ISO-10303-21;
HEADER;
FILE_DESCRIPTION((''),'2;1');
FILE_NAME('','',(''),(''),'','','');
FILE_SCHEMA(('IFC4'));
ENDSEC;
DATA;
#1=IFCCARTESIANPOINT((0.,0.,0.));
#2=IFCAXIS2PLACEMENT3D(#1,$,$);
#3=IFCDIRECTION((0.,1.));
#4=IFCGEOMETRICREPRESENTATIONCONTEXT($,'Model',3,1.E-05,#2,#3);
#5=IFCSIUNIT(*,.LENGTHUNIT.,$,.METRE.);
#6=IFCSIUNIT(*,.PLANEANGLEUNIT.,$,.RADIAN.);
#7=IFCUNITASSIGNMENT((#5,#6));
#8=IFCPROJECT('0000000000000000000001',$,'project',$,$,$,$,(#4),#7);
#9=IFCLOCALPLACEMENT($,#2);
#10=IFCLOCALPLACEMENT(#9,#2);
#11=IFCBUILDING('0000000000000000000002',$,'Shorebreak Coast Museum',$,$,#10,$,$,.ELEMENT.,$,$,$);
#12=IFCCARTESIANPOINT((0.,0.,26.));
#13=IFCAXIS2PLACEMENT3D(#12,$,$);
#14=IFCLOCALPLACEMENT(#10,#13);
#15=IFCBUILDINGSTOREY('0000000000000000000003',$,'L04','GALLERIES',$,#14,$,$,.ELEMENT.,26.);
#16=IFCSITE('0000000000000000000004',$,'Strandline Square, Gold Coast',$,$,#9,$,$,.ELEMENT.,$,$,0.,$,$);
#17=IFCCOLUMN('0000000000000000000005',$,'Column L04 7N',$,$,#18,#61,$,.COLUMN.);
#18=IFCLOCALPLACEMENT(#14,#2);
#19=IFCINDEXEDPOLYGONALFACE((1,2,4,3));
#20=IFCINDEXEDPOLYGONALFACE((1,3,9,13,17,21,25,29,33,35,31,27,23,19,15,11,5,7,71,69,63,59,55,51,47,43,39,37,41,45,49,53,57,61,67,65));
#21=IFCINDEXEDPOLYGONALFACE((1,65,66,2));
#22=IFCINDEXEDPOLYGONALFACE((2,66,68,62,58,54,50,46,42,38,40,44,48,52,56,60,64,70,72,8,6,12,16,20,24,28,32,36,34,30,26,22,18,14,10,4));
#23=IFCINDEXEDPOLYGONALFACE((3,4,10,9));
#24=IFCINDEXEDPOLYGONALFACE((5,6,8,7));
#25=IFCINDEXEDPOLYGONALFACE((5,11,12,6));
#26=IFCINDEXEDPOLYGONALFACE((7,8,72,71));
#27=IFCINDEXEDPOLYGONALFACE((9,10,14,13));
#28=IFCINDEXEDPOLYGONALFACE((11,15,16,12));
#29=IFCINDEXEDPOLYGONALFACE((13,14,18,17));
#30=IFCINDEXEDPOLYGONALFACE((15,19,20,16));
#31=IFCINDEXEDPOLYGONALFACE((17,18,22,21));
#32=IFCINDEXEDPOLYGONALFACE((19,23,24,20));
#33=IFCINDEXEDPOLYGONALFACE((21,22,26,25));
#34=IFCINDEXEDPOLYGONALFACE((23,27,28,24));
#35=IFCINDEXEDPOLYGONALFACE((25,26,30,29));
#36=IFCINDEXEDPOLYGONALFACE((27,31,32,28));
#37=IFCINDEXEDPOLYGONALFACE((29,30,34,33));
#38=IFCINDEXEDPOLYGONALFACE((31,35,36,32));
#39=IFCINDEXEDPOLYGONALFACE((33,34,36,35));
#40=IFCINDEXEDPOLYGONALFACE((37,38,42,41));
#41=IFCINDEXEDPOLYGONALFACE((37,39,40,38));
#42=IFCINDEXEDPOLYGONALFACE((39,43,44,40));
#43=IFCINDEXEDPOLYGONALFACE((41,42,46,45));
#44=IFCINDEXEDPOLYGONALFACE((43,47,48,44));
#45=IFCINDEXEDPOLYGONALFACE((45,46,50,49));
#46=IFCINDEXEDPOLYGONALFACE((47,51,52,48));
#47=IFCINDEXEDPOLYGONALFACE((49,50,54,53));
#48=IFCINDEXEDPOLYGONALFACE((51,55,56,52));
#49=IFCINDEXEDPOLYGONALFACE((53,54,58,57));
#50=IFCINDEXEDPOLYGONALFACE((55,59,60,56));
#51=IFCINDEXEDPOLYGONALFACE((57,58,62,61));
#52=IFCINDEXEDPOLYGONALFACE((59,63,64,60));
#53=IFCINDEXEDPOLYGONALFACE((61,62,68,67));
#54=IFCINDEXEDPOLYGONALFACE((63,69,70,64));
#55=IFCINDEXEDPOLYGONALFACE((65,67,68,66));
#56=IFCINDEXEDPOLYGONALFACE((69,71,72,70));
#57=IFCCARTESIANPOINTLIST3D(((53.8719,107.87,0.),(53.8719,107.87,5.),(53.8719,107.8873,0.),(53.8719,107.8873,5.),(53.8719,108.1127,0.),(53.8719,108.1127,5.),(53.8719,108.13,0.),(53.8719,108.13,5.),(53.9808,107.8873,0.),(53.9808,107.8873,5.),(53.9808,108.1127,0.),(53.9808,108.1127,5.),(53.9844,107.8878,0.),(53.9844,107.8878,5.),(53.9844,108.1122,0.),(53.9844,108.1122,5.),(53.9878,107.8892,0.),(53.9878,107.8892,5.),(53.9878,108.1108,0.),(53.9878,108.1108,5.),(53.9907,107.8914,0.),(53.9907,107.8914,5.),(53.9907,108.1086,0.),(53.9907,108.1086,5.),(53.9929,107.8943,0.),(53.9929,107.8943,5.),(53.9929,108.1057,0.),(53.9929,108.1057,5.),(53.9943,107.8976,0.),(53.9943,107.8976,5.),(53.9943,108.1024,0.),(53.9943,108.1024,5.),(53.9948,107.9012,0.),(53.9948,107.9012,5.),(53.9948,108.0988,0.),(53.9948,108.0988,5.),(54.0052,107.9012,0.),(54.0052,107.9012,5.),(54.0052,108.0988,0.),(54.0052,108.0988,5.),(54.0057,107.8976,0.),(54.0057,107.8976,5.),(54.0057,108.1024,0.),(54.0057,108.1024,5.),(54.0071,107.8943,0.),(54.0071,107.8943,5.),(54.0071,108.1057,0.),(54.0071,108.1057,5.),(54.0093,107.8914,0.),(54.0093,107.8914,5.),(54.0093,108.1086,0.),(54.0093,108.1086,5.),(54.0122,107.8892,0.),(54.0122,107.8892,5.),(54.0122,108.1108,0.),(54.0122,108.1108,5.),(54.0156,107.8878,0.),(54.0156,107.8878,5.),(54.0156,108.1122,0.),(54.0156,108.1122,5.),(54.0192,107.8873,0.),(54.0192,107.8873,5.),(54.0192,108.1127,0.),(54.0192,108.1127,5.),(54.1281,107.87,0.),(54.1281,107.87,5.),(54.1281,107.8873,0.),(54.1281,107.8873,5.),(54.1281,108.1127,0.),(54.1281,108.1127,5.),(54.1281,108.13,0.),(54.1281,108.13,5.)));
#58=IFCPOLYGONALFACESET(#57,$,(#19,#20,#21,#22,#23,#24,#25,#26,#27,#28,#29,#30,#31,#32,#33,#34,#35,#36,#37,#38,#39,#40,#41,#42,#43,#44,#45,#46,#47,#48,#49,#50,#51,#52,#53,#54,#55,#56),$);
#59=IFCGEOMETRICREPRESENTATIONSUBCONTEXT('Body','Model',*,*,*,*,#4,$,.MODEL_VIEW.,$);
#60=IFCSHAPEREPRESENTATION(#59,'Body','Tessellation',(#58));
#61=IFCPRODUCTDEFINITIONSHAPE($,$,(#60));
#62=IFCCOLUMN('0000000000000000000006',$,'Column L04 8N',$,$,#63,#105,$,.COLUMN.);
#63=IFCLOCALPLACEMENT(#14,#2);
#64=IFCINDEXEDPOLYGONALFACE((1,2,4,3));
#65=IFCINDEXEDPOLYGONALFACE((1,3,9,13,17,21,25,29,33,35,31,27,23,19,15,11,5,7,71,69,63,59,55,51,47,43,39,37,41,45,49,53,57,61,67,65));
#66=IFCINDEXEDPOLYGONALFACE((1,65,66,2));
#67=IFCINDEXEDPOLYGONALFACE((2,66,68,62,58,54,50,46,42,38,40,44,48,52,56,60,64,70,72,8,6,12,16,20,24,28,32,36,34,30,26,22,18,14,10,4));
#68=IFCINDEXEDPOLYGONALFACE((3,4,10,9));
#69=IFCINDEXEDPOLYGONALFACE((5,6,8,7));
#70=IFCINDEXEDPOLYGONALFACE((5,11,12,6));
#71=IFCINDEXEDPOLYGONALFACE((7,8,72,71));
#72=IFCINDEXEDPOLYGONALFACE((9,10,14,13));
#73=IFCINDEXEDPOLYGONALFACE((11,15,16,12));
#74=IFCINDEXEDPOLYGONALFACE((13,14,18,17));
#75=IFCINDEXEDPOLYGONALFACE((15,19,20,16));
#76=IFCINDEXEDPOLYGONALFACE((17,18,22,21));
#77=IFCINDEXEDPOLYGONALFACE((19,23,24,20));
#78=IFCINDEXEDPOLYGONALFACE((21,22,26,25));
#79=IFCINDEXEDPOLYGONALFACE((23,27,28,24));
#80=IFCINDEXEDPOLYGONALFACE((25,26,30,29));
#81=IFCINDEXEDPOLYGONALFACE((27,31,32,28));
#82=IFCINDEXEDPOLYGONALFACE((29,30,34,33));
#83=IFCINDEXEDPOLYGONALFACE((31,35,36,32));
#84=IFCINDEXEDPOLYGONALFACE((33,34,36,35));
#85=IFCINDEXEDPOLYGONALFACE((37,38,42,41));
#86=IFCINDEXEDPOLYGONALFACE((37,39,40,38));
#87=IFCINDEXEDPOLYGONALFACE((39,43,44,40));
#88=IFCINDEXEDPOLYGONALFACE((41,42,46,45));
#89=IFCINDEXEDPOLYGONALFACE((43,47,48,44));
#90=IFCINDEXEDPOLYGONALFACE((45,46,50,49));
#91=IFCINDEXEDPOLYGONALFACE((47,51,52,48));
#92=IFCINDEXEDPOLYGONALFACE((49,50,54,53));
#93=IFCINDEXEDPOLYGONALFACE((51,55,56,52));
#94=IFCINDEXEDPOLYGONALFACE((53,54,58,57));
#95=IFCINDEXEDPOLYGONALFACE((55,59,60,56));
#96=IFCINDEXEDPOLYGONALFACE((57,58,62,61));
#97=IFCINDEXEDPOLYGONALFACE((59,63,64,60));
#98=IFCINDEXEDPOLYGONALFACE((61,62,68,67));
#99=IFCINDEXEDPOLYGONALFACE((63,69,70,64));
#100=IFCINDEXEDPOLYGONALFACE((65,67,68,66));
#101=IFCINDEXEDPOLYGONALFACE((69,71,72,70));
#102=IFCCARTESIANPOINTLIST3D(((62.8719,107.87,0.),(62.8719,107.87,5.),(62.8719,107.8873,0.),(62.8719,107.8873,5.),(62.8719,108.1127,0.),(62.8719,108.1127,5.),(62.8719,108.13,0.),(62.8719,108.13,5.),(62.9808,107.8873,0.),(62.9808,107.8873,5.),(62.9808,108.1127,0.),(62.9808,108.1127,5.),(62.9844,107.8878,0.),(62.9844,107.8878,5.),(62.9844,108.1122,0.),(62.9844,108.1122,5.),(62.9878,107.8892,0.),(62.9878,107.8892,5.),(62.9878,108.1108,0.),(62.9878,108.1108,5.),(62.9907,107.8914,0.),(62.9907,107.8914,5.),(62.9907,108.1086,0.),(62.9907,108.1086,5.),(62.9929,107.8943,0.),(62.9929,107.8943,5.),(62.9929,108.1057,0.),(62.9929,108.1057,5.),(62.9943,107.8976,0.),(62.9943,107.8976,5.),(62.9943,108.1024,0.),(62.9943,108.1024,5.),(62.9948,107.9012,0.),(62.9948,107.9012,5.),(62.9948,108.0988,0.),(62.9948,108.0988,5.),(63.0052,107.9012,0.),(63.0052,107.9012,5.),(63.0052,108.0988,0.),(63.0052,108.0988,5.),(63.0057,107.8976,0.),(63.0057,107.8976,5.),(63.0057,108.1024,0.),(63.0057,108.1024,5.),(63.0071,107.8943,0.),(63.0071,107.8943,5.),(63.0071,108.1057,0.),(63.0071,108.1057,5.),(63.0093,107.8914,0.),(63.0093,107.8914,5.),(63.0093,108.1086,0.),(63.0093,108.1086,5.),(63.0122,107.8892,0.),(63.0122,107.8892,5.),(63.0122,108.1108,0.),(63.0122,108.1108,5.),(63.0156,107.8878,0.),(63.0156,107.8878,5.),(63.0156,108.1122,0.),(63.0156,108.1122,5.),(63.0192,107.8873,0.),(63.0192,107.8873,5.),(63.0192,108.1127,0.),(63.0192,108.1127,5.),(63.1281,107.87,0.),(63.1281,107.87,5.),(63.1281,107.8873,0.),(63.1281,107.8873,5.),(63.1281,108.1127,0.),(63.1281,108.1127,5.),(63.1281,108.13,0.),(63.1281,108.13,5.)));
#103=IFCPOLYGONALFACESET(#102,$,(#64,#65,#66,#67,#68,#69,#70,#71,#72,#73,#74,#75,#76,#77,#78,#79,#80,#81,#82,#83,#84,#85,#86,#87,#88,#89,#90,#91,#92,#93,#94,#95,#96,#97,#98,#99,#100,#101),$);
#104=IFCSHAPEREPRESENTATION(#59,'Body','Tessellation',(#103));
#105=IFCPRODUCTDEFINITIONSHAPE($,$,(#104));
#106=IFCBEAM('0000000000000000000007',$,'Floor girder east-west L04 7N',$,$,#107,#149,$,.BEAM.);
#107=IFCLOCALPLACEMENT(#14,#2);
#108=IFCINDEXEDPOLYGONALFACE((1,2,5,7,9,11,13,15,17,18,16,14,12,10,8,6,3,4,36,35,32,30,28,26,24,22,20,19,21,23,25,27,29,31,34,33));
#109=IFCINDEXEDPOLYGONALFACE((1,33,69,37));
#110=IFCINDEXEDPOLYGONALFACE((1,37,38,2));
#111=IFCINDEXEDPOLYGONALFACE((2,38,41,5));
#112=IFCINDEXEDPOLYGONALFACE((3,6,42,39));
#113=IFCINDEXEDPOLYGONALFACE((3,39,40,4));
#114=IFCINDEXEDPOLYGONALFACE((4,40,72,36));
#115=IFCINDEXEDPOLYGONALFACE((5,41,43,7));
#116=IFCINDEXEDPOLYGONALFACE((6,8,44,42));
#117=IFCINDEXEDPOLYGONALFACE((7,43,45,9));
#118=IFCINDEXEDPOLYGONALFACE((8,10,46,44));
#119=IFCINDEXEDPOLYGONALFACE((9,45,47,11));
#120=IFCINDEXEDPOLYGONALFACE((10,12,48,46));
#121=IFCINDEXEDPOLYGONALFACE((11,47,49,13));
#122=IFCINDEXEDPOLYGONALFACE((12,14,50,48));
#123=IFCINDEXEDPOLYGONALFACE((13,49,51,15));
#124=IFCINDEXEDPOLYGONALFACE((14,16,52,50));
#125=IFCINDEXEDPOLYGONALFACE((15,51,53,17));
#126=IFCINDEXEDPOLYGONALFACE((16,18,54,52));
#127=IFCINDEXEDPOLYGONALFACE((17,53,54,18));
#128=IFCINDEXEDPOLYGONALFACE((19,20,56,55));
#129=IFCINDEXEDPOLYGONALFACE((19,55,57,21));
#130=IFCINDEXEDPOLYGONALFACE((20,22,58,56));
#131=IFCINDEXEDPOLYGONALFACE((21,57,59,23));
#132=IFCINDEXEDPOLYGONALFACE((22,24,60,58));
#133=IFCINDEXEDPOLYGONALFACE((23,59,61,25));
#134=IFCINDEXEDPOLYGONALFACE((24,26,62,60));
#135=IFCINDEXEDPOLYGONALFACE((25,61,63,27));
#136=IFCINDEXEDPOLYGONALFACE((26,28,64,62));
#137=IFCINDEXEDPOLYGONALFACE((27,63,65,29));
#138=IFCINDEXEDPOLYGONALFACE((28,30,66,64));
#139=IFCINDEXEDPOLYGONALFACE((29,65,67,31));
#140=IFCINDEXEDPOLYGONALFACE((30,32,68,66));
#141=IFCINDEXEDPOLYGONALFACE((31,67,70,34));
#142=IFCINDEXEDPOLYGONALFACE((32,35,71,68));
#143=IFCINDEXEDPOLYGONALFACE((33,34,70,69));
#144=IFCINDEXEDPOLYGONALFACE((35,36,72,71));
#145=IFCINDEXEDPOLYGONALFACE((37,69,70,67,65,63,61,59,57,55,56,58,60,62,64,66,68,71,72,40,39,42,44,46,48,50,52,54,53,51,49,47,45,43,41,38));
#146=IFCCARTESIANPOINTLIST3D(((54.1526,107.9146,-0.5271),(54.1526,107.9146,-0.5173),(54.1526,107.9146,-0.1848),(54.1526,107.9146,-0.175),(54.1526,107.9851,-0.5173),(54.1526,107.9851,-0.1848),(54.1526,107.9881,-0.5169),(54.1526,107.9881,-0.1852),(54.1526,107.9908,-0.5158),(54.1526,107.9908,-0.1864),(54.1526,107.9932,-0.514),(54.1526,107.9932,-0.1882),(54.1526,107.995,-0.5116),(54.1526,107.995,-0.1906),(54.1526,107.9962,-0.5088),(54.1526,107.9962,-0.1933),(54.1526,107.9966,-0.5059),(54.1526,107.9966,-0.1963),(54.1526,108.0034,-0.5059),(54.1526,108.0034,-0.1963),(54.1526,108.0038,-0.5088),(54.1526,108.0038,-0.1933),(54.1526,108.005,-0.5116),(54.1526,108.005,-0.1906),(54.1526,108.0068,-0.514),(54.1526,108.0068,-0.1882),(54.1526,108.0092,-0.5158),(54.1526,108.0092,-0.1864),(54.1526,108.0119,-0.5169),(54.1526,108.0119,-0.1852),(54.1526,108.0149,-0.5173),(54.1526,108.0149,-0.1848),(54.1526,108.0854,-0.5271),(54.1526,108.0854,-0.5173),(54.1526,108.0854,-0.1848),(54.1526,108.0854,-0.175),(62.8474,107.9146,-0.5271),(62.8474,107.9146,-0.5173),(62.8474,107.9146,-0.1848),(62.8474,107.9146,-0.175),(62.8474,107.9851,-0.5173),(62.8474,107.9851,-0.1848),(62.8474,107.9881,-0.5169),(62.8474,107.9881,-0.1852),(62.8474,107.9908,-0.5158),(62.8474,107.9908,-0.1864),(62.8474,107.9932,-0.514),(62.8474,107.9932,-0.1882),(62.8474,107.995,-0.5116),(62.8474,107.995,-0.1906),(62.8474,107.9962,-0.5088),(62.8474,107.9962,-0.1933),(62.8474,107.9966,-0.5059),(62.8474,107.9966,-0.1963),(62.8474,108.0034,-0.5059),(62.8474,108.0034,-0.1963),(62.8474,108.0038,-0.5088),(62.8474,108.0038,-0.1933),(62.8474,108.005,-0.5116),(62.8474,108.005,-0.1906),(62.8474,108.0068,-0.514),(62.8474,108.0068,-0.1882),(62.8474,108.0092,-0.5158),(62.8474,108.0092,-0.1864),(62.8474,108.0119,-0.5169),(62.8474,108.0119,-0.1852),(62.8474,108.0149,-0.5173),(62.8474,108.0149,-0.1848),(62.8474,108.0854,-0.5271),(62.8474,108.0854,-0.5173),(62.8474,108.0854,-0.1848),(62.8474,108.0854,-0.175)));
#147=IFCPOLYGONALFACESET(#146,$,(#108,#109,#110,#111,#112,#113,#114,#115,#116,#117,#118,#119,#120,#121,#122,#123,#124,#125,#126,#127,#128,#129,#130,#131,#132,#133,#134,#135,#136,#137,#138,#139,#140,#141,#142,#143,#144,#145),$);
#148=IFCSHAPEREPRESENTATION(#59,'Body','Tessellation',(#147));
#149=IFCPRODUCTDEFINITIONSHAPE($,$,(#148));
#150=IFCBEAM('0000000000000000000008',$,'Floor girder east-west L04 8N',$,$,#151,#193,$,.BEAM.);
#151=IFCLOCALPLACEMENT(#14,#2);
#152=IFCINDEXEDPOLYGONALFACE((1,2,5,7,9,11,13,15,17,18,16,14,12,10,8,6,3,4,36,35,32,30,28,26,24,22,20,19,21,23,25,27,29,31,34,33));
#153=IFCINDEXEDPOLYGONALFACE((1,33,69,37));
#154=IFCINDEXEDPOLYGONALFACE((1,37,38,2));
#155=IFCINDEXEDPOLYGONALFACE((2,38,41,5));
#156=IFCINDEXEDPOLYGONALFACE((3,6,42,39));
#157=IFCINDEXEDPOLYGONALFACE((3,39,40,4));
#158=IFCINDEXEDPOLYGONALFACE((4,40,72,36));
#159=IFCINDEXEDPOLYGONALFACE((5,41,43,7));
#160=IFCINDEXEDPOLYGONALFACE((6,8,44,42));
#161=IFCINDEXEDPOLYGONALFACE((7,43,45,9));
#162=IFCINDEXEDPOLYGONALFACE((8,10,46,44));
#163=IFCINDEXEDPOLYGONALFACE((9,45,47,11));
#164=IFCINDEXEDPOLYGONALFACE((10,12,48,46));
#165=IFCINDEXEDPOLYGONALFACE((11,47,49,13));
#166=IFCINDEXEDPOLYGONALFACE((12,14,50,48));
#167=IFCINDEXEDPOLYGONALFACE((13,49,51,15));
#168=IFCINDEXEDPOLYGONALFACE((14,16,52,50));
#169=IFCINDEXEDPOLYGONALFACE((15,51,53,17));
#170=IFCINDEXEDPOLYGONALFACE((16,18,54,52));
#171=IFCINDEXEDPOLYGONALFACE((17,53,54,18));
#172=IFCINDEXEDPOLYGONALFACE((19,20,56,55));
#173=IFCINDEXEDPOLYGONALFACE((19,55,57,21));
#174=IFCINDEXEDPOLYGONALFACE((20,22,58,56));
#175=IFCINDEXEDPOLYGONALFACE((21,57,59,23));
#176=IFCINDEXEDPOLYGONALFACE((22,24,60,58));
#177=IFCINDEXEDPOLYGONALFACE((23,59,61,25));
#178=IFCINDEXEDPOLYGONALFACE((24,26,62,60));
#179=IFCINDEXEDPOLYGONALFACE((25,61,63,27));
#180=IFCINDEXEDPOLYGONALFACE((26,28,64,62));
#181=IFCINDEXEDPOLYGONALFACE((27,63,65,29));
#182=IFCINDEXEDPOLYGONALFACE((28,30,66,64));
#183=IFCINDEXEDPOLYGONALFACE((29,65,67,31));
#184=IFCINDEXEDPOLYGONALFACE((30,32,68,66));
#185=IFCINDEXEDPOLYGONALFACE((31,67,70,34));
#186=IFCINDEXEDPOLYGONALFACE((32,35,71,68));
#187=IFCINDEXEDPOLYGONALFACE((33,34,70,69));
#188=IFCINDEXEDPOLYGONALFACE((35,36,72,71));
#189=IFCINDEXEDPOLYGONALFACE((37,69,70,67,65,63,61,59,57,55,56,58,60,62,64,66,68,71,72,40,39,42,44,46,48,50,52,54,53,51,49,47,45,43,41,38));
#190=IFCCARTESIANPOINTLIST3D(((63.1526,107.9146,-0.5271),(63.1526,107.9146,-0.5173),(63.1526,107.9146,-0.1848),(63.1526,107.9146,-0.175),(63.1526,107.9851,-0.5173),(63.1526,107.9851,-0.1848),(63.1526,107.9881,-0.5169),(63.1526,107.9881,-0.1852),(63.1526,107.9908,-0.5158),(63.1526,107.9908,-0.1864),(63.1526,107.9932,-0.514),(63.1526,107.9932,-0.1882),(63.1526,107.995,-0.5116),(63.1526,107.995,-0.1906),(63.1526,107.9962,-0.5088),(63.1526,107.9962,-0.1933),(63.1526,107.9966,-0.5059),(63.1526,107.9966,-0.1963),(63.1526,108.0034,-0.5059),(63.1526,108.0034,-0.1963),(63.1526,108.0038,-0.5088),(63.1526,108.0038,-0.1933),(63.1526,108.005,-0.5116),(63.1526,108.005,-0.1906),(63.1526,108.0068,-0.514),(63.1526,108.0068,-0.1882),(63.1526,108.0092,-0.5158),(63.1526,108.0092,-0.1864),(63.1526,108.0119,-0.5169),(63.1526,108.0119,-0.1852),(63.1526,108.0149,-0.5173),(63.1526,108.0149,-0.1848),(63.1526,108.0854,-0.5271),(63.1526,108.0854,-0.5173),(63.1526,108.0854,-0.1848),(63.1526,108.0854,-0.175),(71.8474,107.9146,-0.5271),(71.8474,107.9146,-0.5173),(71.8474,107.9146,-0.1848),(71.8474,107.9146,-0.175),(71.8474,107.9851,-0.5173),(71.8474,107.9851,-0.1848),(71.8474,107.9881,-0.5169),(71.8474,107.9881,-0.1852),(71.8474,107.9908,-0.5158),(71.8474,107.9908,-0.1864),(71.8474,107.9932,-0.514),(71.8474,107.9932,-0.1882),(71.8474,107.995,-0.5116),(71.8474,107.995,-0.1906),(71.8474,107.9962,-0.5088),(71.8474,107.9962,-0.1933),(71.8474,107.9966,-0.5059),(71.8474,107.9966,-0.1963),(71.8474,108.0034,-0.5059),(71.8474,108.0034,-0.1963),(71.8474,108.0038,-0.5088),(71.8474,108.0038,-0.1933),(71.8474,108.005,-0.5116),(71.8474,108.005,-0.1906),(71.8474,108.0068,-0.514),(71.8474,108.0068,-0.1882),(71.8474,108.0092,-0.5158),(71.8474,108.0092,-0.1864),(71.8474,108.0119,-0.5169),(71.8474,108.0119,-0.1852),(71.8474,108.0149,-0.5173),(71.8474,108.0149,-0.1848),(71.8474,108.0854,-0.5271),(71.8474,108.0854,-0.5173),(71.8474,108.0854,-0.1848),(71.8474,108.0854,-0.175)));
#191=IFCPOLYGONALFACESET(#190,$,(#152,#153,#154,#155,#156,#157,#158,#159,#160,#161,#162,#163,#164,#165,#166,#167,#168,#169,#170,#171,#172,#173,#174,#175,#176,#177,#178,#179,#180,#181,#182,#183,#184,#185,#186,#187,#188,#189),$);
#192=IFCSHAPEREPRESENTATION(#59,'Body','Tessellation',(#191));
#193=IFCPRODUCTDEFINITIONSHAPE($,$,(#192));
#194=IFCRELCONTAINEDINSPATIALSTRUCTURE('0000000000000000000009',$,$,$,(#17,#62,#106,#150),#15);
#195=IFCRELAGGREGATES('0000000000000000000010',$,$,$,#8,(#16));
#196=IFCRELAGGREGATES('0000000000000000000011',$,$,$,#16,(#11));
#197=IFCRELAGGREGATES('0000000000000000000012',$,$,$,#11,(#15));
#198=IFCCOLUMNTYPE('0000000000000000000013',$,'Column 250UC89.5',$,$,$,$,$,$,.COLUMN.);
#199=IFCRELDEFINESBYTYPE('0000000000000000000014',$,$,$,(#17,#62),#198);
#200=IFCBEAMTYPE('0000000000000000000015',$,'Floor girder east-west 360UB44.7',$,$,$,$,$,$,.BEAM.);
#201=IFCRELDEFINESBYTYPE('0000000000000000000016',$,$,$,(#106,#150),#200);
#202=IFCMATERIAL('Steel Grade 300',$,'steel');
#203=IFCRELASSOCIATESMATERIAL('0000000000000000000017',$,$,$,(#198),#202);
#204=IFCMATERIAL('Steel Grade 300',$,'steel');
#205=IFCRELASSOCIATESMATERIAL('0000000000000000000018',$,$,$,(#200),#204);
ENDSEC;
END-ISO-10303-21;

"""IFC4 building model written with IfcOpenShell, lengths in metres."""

from ifc_helpers import new_model, si_unit, direction, frame, origin, origin_2d, place, context, subcontext, project, spatial, i_section, extrude, material, material_profile, profile_set, type_object, element, save


model = new_model("IFC4")

# Units and contexts
model_context = context("Model", 3, precision=1e-05, world=origin(), true_north=direction((0.0, 1.0)))
body_context = subcontext(model_context, "Body", "Model", "MODEL_VIEW")
ifc_project = project(units=[si_unit("LENGTHUNIT", "METRE"), si_unit("PLANEANGLEUNIT", "RADIAN")], contexts=[model_context])

# Site, building, storey
site_placement = place(None, origin())
site = spatial("IfcSite", under=ifc_project, at=site_placement, Name="Strandline Square, Gold Coast", CompositionType="ELEMENT", RefElevation=0.0)
building_placement = place(site_placement, origin())
building = spatial("IfcBuilding", under=site, at=building_placement, Name="Shorebreak Coast Museum", CompositionType="ELEMENT")
storey_placement = place(building_placement, frame((0.0, 0.0, 26.0)))
storey = spatial("IfcBuildingStorey", under=building, at=storey_placement, Name="L04", Description="GALLERIES", CompositionType="ELEMENT", Elevation=26.0)

# Columns
ifc_material_1 = material(Name="Steel Grade 300", Category="steel")
ifc_material_profile_1 = material_profile(ifc_material_1, i_section(OverallWidth=0.2561, OverallDepth=0.26, WebThickness=0.0105, FlangeThickness=0.0173, FilletRadius=0.0139, at=origin_2d()), Name="250UC89.5")
ifc_profile_set_1 = profile_set([ifc_material_profile_1], Name="Steel Grade 300")
column_type = type_object("IfcColumnType", Name="Column 250UC89.5", PredefinedType="COLUMN", material=ifc_profile_set_1)
for number, where, z_axis, x_axis, name in (
    (1, (54.0, 108.0, 0.0), (0.0, 0.0, 1.0), (1.0, 0.0, 0.0), "Column L04 7N"),
    (2, (63.0, 108.0, 0.0), (0.0, 0.0, 1.0), (1.0, 0.0, 0.0), "Column L04 8N"),
):
    element("IfcColumn", number, at=place(storey_placement, frame(where, z_axis=z_axis, x_axis=x_axis)), inside=storey, type_object=column_type, Name=name, PredefinedType="COLUMN", context=body_context, shape_type="SweptSolid", body=[
        extrude(i_section(OverallWidth=0.2561, OverallDepth=0.26, WebThickness=0.0105, FlangeThickness=0.0173, FilletRadius=0.0139, at=origin_2d()), origin(), (0.0, 0.0, 1.0), 5.0),
    ])

# Beams
ifc_material_2 = material(Name="Steel Grade 300", Category="steel")
ifc_material_profile_2 = material_profile(ifc_material_2, i_section(OverallWidth=0.1709, OverallDepth=0.3521, WebThickness=0.0068, FlangeThickness=0.0098, FilletRadius=0.0115, at=origin_2d()), Name="360UB44.7")
ifc_profile_set_2 = profile_set([ifc_material_profile_2], Name="Steel Grade 300")
beam_type_1 = type_object("IfcBeamType", Name="Floor girder east-west 360UB44.7", PredefinedType="BEAM", material=ifc_profile_set_2)
for number, where, z_axis, x_axis, name in (
    (3, (54.1526, 108.0, -0.3511), (1.0, 0.0, 0.0), (0.0, 1.0, 0.0), "Floor girder east-west L04 7N"),
    (4, (63.1526, 108.0, -0.3511), (1.0, 0.0, 0.0), (0.0, 1.0, 0.0), "Floor girder east-west L04 8N"),
):
    element("IfcBeam", number, at=place(storey_placement, frame(where, z_axis=z_axis, x_axis=x_axis)), inside=storey, type_object=beam_type_1, Name=name, PredefinedType="BEAM", context=body_context, shape_type="SweptSolid", body=[
        extrude(i_section(OverallWidth=0.1709, OverallDepth=0.3521, WebThickness=0.0068, FlangeThickness=0.0098, FilletRadius=0.0115, at=origin_2d()), origin(), (0.0, 0.0, 1.0), 8.6948),
    ])

save(model, "model.ifc")
